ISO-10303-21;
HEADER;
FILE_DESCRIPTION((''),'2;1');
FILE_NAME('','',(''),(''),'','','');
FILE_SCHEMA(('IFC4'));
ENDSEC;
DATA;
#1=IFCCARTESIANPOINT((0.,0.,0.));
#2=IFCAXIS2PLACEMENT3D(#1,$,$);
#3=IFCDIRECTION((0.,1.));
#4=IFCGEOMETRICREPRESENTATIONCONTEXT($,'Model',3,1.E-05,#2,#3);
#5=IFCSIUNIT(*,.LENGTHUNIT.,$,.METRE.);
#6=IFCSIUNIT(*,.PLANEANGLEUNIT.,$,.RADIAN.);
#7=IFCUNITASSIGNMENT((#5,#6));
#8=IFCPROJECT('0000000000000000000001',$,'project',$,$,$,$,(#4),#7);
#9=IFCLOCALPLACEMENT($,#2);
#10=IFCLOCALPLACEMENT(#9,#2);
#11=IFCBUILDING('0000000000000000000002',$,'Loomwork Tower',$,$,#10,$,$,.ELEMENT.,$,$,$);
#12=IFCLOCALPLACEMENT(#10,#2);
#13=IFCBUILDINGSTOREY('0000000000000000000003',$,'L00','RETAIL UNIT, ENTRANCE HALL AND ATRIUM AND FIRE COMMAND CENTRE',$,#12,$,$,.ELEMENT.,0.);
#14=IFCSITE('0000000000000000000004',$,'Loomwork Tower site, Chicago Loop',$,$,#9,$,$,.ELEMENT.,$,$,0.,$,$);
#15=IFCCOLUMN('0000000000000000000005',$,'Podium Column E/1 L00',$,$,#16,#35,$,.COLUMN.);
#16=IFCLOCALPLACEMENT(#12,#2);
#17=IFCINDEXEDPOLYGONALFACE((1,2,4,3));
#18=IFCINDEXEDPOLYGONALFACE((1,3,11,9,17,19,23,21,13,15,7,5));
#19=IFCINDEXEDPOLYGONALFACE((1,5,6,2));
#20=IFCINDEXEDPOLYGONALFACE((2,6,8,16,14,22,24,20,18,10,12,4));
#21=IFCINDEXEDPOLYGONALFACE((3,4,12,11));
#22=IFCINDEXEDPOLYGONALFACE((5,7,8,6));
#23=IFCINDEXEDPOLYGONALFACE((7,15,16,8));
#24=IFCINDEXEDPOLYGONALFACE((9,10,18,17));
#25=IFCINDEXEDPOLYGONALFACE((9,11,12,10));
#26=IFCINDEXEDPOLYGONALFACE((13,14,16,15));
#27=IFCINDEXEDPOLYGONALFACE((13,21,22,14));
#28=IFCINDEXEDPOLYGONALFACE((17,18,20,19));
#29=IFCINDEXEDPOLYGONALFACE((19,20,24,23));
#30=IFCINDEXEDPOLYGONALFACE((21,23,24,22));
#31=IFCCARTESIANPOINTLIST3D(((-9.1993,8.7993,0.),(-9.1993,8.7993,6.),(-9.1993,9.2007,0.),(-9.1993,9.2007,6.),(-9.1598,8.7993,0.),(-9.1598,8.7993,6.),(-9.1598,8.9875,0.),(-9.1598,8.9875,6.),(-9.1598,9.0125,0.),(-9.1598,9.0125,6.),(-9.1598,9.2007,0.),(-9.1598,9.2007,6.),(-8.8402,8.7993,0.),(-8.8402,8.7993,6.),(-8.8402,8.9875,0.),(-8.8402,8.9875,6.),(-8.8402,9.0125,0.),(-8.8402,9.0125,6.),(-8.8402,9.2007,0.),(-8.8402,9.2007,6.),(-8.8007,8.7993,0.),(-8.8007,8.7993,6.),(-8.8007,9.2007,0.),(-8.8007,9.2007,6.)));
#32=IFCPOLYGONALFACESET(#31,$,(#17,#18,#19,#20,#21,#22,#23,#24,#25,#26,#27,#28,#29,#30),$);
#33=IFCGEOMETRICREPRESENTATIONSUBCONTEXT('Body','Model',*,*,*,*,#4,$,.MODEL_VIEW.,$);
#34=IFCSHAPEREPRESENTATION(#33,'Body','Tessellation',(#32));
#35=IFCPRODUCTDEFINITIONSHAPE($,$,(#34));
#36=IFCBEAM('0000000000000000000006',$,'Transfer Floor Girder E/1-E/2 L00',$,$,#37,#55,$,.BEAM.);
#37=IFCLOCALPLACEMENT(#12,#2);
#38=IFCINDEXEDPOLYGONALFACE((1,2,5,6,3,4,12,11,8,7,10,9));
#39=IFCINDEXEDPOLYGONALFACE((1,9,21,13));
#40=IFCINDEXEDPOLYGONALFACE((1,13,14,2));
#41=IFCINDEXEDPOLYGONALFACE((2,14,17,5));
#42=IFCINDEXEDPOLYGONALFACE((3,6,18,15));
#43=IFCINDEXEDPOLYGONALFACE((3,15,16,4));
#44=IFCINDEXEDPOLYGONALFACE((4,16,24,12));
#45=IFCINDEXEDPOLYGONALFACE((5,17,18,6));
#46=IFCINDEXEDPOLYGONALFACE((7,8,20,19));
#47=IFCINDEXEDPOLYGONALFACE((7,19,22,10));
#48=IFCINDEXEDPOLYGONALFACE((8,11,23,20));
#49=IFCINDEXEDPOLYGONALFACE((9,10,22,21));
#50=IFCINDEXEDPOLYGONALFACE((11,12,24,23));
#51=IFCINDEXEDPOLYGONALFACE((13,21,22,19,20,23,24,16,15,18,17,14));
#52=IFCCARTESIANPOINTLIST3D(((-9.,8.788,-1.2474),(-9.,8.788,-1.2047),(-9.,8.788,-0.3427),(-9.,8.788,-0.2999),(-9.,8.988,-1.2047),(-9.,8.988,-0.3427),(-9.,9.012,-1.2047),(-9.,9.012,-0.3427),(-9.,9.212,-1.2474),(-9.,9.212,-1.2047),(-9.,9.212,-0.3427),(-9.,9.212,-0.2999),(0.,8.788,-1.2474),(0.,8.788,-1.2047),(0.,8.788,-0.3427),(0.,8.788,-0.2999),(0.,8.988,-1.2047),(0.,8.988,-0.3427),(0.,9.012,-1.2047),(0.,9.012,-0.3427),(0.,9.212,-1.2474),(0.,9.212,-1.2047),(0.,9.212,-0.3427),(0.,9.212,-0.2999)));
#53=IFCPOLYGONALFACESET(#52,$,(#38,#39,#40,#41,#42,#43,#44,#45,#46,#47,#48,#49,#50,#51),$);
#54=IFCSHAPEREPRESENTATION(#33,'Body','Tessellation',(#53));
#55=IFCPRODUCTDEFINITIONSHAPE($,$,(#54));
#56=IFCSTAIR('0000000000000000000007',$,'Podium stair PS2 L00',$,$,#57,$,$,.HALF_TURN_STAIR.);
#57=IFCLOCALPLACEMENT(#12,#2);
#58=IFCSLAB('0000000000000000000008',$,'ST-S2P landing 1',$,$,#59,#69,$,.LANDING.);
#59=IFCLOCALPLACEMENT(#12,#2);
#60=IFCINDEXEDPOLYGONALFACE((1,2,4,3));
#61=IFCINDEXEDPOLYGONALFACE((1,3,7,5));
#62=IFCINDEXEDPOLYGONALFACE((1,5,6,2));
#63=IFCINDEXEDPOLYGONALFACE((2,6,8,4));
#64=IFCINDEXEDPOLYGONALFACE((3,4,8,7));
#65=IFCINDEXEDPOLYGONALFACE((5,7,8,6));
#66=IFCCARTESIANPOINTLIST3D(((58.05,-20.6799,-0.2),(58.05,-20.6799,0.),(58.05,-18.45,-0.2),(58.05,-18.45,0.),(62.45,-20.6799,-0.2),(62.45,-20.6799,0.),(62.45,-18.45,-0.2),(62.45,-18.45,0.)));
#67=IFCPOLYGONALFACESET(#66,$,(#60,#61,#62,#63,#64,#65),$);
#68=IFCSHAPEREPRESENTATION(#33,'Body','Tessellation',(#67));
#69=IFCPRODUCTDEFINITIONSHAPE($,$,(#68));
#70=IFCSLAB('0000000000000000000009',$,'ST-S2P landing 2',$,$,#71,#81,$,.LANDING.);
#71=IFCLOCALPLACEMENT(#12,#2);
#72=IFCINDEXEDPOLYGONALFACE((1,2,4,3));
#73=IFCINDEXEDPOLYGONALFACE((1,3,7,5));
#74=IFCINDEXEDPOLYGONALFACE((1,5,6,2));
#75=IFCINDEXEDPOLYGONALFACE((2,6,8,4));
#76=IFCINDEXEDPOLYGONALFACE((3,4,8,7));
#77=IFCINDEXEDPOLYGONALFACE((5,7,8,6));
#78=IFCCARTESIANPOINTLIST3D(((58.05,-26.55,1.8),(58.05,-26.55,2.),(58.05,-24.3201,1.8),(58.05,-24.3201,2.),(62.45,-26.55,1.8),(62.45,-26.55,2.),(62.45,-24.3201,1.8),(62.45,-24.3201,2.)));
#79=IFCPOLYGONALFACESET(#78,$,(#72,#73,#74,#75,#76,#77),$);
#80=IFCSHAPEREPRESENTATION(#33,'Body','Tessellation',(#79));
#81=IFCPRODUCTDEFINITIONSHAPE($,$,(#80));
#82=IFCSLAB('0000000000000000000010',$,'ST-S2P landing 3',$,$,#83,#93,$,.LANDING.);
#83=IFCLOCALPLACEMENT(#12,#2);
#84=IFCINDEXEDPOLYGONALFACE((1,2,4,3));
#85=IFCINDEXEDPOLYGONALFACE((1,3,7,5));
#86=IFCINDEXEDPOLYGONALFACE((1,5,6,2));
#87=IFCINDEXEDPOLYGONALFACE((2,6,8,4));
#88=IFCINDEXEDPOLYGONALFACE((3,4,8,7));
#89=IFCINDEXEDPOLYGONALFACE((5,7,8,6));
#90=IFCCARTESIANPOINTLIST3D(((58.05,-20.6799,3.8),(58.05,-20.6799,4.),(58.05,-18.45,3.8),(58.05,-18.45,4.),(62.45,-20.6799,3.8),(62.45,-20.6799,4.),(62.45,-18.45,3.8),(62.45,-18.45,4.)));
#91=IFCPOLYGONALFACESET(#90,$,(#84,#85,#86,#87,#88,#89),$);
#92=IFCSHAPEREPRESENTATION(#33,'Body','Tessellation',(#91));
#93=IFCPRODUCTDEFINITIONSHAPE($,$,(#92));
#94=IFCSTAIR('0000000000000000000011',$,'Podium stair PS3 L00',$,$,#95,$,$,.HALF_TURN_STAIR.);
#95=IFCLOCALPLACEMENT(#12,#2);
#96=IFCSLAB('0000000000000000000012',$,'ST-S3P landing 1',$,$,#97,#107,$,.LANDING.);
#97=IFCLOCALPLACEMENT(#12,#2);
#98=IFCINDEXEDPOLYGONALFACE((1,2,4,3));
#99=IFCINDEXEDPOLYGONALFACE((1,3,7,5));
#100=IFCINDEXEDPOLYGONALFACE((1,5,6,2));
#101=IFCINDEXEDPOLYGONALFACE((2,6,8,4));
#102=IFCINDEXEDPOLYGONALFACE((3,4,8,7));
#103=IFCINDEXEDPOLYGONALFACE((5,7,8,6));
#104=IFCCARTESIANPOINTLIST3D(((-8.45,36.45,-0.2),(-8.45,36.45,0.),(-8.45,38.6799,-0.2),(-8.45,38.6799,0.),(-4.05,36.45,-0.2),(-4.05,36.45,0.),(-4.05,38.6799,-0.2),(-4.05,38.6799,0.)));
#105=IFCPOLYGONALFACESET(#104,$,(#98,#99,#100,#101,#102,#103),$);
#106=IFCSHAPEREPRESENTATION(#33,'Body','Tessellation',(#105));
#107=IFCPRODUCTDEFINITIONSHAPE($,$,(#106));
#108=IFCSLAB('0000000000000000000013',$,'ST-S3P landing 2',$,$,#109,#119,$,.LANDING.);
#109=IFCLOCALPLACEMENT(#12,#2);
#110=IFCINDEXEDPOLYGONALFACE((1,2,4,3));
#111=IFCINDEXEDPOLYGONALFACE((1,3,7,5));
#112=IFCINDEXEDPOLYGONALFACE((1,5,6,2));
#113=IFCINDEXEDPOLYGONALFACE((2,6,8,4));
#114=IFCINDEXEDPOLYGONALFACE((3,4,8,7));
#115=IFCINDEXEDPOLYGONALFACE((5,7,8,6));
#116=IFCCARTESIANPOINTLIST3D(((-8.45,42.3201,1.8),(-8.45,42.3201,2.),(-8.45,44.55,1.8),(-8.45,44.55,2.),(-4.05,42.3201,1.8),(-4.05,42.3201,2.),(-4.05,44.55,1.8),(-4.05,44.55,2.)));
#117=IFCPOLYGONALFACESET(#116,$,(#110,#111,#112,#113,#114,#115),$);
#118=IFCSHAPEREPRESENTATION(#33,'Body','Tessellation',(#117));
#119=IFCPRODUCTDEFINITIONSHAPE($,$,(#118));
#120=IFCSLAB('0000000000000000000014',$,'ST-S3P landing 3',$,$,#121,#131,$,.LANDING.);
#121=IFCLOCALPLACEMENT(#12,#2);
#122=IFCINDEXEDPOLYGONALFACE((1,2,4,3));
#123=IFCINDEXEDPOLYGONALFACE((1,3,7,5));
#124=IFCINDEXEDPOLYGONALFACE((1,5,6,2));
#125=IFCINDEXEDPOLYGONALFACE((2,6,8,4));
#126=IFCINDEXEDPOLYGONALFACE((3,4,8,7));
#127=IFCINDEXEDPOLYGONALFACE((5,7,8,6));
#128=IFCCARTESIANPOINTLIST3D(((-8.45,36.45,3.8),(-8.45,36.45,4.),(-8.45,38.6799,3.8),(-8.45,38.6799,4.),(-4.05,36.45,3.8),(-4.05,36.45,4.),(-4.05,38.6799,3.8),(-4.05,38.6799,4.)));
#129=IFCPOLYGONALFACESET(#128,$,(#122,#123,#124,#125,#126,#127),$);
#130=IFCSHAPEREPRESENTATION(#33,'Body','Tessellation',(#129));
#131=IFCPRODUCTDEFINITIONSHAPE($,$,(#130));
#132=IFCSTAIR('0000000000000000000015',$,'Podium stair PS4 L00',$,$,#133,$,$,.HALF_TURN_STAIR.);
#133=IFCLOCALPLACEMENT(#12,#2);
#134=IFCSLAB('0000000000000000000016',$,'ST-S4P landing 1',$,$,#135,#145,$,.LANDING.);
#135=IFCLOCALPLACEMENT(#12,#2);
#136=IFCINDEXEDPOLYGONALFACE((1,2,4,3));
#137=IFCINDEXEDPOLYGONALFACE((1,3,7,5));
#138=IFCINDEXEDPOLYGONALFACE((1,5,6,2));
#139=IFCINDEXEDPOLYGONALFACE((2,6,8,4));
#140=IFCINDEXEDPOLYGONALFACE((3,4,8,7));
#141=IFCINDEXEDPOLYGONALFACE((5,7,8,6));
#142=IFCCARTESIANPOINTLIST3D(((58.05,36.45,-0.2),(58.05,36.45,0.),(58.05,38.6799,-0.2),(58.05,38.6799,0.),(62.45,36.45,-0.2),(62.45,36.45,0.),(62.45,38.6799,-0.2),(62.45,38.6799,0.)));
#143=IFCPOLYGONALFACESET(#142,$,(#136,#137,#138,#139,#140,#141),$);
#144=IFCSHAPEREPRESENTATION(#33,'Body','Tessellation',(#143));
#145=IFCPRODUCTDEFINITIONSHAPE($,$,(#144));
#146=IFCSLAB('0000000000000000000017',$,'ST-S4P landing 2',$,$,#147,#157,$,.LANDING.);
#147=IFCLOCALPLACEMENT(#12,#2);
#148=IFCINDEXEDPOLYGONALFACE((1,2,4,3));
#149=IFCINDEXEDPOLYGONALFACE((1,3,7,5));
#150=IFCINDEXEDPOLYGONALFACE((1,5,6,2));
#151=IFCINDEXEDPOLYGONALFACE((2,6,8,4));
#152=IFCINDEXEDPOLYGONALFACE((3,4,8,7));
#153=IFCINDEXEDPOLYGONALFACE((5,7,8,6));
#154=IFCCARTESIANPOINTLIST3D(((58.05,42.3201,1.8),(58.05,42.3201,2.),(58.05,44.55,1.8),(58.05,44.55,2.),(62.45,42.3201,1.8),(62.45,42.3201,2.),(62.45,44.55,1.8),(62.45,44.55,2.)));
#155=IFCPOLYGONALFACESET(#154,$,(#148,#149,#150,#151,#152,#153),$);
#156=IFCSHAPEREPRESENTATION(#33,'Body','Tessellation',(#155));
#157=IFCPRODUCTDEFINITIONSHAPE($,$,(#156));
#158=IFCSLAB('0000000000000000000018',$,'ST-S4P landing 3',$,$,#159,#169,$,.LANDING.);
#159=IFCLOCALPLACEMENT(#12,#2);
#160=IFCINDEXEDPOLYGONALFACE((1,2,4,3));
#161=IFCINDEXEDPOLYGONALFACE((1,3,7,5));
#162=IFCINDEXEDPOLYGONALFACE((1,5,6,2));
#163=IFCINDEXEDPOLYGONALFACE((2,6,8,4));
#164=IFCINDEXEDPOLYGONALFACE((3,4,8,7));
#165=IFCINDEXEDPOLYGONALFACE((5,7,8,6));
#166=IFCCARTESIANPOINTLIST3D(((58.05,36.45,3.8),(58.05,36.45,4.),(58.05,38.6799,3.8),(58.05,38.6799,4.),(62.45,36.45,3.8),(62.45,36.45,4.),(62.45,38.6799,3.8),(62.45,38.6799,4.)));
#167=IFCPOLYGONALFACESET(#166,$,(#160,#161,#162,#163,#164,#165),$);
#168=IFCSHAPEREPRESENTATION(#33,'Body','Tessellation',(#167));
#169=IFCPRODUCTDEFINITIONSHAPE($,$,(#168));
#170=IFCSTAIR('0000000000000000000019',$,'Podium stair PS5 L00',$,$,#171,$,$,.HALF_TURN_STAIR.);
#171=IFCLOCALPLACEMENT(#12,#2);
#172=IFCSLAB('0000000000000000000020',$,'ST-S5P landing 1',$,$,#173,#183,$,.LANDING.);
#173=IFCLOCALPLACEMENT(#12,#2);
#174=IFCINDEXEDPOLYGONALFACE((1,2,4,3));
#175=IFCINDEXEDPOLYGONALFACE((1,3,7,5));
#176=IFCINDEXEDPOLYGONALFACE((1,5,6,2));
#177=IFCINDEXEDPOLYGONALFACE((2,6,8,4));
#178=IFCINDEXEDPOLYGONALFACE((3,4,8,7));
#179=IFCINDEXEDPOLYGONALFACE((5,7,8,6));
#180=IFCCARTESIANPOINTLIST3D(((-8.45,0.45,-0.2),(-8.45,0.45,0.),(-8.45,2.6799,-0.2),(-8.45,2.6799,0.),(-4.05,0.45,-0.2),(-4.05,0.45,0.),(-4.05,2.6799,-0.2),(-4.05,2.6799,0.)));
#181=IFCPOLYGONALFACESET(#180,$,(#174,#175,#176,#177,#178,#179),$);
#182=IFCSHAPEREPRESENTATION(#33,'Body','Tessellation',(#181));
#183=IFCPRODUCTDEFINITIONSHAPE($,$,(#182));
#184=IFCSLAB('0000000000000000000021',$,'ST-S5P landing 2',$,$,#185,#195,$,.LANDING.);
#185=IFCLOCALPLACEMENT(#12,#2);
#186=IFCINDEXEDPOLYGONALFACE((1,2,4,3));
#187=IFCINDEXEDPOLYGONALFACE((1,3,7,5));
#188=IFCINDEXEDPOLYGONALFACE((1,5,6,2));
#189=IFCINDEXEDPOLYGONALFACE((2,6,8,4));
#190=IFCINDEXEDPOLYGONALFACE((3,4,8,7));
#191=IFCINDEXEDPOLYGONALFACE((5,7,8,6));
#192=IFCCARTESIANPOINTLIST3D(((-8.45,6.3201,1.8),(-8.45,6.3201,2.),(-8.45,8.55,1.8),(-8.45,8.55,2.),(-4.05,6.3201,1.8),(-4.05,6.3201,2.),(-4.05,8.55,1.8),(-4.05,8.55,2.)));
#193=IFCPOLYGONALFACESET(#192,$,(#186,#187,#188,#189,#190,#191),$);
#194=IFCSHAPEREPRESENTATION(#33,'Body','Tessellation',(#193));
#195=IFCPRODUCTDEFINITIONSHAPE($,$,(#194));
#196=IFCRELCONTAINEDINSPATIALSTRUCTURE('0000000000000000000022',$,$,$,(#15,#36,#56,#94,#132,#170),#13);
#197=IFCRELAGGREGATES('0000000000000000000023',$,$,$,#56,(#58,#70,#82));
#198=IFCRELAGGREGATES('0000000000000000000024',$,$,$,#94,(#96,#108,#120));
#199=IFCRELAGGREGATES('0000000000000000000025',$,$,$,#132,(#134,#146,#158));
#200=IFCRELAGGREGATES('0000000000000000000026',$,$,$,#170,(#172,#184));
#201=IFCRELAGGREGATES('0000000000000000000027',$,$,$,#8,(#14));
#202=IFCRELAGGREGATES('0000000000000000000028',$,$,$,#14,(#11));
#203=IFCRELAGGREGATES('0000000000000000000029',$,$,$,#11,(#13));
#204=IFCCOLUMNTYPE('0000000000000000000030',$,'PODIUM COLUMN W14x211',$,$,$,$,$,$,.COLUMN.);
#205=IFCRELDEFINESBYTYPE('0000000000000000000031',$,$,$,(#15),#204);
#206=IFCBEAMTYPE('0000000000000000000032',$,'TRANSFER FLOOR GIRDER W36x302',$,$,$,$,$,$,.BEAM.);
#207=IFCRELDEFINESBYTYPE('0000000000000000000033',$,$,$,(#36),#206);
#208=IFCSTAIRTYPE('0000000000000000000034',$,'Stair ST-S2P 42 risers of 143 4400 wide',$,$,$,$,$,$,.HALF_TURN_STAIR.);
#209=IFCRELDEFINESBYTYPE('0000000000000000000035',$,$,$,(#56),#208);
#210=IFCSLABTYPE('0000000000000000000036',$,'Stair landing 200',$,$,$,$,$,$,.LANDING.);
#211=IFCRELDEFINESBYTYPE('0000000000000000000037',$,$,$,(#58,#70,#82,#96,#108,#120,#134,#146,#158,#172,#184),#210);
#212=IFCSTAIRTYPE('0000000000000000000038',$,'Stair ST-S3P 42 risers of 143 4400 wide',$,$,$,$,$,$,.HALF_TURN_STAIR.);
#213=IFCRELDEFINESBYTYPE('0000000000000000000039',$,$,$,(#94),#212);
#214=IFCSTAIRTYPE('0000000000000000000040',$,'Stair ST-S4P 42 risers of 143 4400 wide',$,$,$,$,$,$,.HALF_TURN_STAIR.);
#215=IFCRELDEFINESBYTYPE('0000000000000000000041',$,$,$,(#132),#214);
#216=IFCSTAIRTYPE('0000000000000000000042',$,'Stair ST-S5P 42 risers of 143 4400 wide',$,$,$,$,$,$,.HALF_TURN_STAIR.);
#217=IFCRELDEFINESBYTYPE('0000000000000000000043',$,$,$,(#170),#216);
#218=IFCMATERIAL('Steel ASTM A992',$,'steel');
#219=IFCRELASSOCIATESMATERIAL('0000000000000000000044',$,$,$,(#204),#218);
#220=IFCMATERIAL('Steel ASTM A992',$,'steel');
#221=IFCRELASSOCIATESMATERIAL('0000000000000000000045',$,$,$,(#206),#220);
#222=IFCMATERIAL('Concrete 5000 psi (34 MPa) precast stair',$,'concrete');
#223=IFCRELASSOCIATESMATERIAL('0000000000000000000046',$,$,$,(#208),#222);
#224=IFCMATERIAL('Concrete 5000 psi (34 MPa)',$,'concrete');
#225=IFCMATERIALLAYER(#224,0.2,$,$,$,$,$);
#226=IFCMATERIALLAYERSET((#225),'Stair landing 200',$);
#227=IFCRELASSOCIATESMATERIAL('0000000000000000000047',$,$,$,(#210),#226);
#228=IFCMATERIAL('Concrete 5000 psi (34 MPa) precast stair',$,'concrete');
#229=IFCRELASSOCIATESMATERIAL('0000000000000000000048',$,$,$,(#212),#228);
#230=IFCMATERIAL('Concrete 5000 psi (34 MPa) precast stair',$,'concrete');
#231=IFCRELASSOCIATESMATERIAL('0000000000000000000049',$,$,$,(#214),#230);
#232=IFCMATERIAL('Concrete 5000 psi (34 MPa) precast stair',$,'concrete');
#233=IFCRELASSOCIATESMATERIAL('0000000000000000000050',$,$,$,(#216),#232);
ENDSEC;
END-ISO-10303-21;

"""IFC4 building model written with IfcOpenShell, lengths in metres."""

from ifc_helpers import new_model, si_unit, direction, frame, origin, origin_2d, place, context, subcontext, project, spatial, polyline, i_section, outline, extrude, material, layer, layer_set, material_profile, profile_set, type_object, element, aggregate, save


model = new_model("IFC4")

# Units and contexts
model_context = context("Model", 3, precision=1e-05, world=origin(), true_north=direction((0.0, 1.0)))
body_context = subcontext(model_context, "Body", "Model", "MODEL_VIEW")
ifc_project = project(units=[si_unit("LENGTHUNIT", "METRE"), si_unit("PLANEANGLEUNIT", "RADIAN")], contexts=[model_context])

# Site, building, storey
site_placement = place(None, origin())
site = spatial("IfcSite", under=ifc_project, at=site_placement, Name="Loomwork Tower site, Chicago Loop", CompositionType="ELEMENT", RefElevation=0.0)
building_placement = place(site_placement, origin())
building = spatial("IfcBuilding", under=site, at=building_placement, Name="Loomwork Tower", CompositionType="ELEMENT")
storey_placement = place(building_placement, origin())
storey = spatial("IfcBuildingStorey", under=building, at=storey_placement, Name="L00", Description="RETAIL UNIT, ENTRANCE HALL AND ATRIUM AND FIRE COMMAND CENTRE", CompositionType="ELEMENT", Elevation=0.0)

# Column
ifc_material_1 = material(Name="Steel ASTM A992", Category="steel")
ifc_material_profile_1 = material_profile(ifc_material_1, i_section(OverallWidth=0.4014, OverallDepth=0.3987, WebThickness=0.0249, FlangeThickness=0.0396, at=origin_2d()), Name="W14x211")
ifc_profile_set_1 = profile_set([ifc_material_profile_1], Name="Steel ASTM A992")
column_type = type_object("IfcColumnType", Name="PODIUM COLUMN W14x211", PredefinedType="COLUMN", material=ifc_profile_set_1)
column_placement = place(storey_placement, frame((-9.0, 9.0, 0.0), z_axis=(0.0, 0.0, 1.0), x_axis=(0.0, 1.0, 0.0)))
element("IfcColumn", 1, at=column_placement, inside=storey, type_object=column_type, Name="Podium Column E/1 L00", PredefinedType="COLUMN", context=body_context, shape_type="SweptSolid", body=[
    extrude(i_section(OverallWidth=0.4014, OverallDepth=0.3987, WebThickness=0.0249, FlangeThickness=0.0396, at=origin_2d()), origin(), (0.0, 0.0, 1.0), 6.0),
])

# Beam
ifc_material_2 = material(Name="Steel ASTM A992", Category="steel")
ifc_material_profile_2 = material_profile(ifc_material_2, i_section(OverallWidth=0.4241, OverallDepth=0.9475, WebThickness=0.0239, FlangeThickness=0.0427, at=origin_2d()), Name="W36x302")
ifc_profile_set_2 = profile_set([ifc_material_profile_2], Name="Steel ASTM A992")
beam_type = type_object("IfcBeamType", Name="TRANSFER FLOOR GIRDER W36x302", PredefinedType="BEAM", material=ifc_profile_set_2)
beam_placement = place(storey_placement, frame((-9.0, 9.0, -0.7737), z_axis=(1.0, 0.0, 0.0), x_axis=(0.0, 1.0, 0.0)))
element("IfcBeam", 2, at=beam_placement, inside=storey, type_object=beam_type, Name="Transfer Floor Girder E/1-E/2 L00", PredefinedType="BEAM", context=body_context, shape_type="SweptSolid", body=[
    extrude(i_section(OverallWidth=0.4241, OverallDepth=0.9475, WebThickness=0.0239, FlangeThickness=0.0427, at=origin_2d()), origin(), (0.0, 0.0, 1.0), 9.0),
])

# Stairs, slabs
ifc_material_3 = material(Name="Concrete 5000 psi (34 MPa) precast stair", Category="concrete")
stair_type_1 = type_object("IfcStairType", Name="Stair ST-S2P 42 risers of 143 4400 wide", PredefinedType="HALF_TURN_STAIR", material=ifc_material_3)
stair_1_placement = place(storey_placement, origin())
stair_1 = element("IfcStair", 3, at=stair_1_placement, inside=storey, type_object=stair_type_1, Name="Podium stair PS2 L00", PredefinedType="HALF_TURN_STAIR")
ifc_material_4 = material(Name="Concrete 5000 psi (34 MPa)", Category="concrete")
ifc_layer_1 = layer(ifc_material_4, 0.2)
ifc_layer_set_1 = layer_set([ifc_layer_1], Name="Stair landing 200")
slab_type = type_object("IfcSlabType", Name="Stair landing 200", PredefinedType="LANDING", material=ifc_layer_set_1)
slab_1_placement = place(storey_placement, frame((0.0, 0.0, -0.2)))
slab_1 = element("IfcSlab", 4, at=slab_1_placement, type_object=slab_type, Name="ST-S2P landing 1", PredefinedType="LANDING", context=body_context, shape_type="SweptSolid", body=[
    extrude(outline(polyline([(58.05, -20.6799), (62.45, -20.6799), (62.45, -18.45), (58.05, -18.45), (58.05, -20.6799)])), origin(), (0.0, 0.0, 1.0), 0.2),
])
slab_2_placement = place(storey_placement, frame((0.0, 0.0, 1.8)))
slab_2 = element("IfcSlab", 5, at=slab_2_placement, type_object=slab_type, Name="ST-S2P landing 2", PredefinedType="LANDING", context=body_context, shape_type="SweptSolid", body=[
    extrude(outline(polyline([(58.05, -26.55), (62.45, -26.55), (62.45, -24.3201), (58.05, -24.3201), (58.05, -26.55)])), origin(), (0.0, 0.0, 1.0), 0.2),
])
slab_3_placement = place(storey_placement, frame((0.0, 0.0, 3.8)))
slab_3 = element("IfcSlab", 6, at=slab_3_placement, type_object=slab_type, Name="ST-S2P landing 3", PredefinedType="LANDING", context=body_context, shape_type="SweptSolid", body=[
    extrude(outline(polyline([(58.05, -20.6799), (62.45, -20.6799), (62.45, -18.45), (58.05, -18.45), (58.05, -20.6799)])), origin(), (0.0, 0.0, 1.0), 0.2),
])
aggregate(stair_1, [slab_1, slab_2, slab_3])
ifc_material_5 = material(Name="Concrete 5000 psi (34 MPa) precast stair", Category="concrete")
stair_type_2 = type_object("IfcStairType", Name="Stair ST-S3P 42 risers of 143 4400 wide", PredefinedType="HALF_TURN_STAIR", material=ifc_material_5)
stair_2_placement = place(storey_placement, origin())
stair_2 = element("IfcStair", 7, at=stair_2_placement, inside=storey, type_object=stair_type_2, Name="Podium stair PS3 L00", PredefinedType="HALF_TURN_STAIR")
slab_4_placement = place(storey_placement, frame((0.0, 0.0, -0.2)))
slab_4 = element("IfcSlab", 8, at=slab_4_placement, type_object=slab_type, Name="ST-S3P landing 1", PredefinedType="LANDING", context=body_context, shape_type="SweptSolid", body=[
    extrude(outline(polyline([(-8.45, 36.45), (-4.05, 36.45), (-4.05, 38.6799), (-8.45, 38.6799), (-8.45, 36.45)])), origin(), (0.0, 0.0, 1.0), 0.2),
])
slab_5_placement = place(storey_placement, frame((0.0, 0.0, 1.8)))
slab_5 = element("IfcSlab", 9, at=slab_5_placement, type_object=slab_type, Name="ST-S3P landing 2", PredefinedType="LANDING", context=body_context, shape_type="SweptSolid", body=[
    extrude(outline(polyline([(-8.45, 42.3201), (-4.05, 42.3201), (-4.05, 44.55), (-8.45, 44.55), (-8.45, 42.3201)])), origin(), (0.0, 0.0, 1.0), 0.2),
])
slab_6_placement = place(storey_placement, frame((0.0, 0.0, 3.8)))
slab_6 = element("IfcSlab", 10, at=slab_6_placement, type_object=slab_type, Name="ST-S3P landing 3", PredefinedType="LANDING", context=body_context, shape_type="SweptSolid", body=[
    extrude(outline(polyline([(-8.45, 36.45), (-4.05, 36.45), (-4.05, 38.6799), (-8.45, 38.6799), (-8.45, 36.45)])), origin(), (0.0, 0.0, 1.0), 0.2),
])
aggregate(stair_2, [slab_4, slab_5, slab_6])
ifc_material_6 = material(Name="Concrete 5000 psi (34 MPa) precast stair", Category="concrete")
stair_type_3 = type_object("IfcStairType", Name="Stair ST-S4P 42 risers of 143 4400 wide", PredefinedType="HALF_TURN_STAIR", material=ifc_material_6)
stair_3_placement = place(storey_placement, origin())
stair_3 = element("IfcStair", 11, at=stair_3_placement, inside=storey, type_object=stair_type_3, Name="Podium stair PS4 L00", PredefinedType="HALF_TURN_STAIR")
slab_7_placement = place(storey_placement, frame((0.0, 0.0, -0.2)))
slab_7 = element("IfcSlab", 12, at=slab_7_placement, type_object=slab_type, Name="ST-S4P landing 1", PredefinedType="LANDING", context=body_context, shape_type="SweptSolid", body=[
    extrude(outline(polyline([(58.05, 36.45), (62.45, 36.45), (62.45, 38.6799), (58.05, 38.6799), (58.05, 36.45)])), origin(), (0.0, 0.0, 1.0), 0.2),
])
slab_8_placement = place(storey_placement, frame((0.0, 0.0, 1.8)))
slab_8 = element("IfcSlab", 13, at=slab_8_placement, type_object=slab_type, Name="ST-S4P landing 2", PredefinedType="LANDING", context=body_context, shape_type="SweptSolid", body=[
    extrude(outline(polyline([(58.05, 42.3201), (62.45, 42.3201), (62.45, 44.55), (58.05, 44.55), (58.05, 42.3201)])), origin(), (0.0, 0.0, 1.0), 0.2),
])
slab_9_placement = place(storey_placement, frame((0.0, 0.0, 3.8)))
slab_9 = element("IfcSlab", 14, at=slab_9_placement, type_object=slab_type, Name="ST-S4P landing 3", PredefinedType="LANDING", context=body_context, shape_type="SweptSolid", body=[
    extrude(outline(polyline([(58.05, 36.45), (62.45, 36.45), (62.45, 38.6799), (58.05, 38.6799), (58.05, 36.45)])), origin(), (0.0, 0.0, 1.0), 0.2),
])
aggregate(stair_3, [slab_7, slab_8, slab_9])
ifc_material_7 = material(Name="Concrete 5000 psi (34 MPa) precast stair", Category="concrete")
stair_type_4 = type_object("IfcStairType", Name="Stair ST-S5P 42 risers of 143 4400 wide", PredefinedType="HALF_TURN_STAIR", material=ifc_material_7)
stair_4_placement = place(storey_placement, origin())
stair_4 = element("IfcStair", 15, at=stair_4_placement, inside=storey, type_object=stair_type_4, Name="Podium stair PS5 L00", PredefinedType="HALF_TURN_STAIR")
slab_10_placement = place(storey_placement, frame((0.0, 0.0, -0.2)))
slab_10 = element("IfcSlab", 16, at=slab_10_placement, type_object=slab_type, Name="ST-S5P landing 1", PredefinedType="LANDING", context=body_context, shape_type="SweptSolid", body=[
    extrude(outline(polyline([(-8.45, 0.45), (-4.05, 0.45), (-4.05, 2.6799), (-8.45, 2.6799), (-8.45, 0.45)])), origin(), (0.0, 0.0, 1.0), 0.2),
])
slab_11_placement = place(storey_placement, frame((0.0, 0.0, 1.8)))
slab_11 = element("IfcSlab", 17, at=slab_11_placement, type_object=slab_type, Name="ST-S5P landing 2", PredefinedType="LANDING", context=body_context, shape_type="SweptSolid", body=[
    extrude(outline(polyline([(-8.45, 6.3201), (-4.05, 6.3201), (-4.05, 8.55), (-8.45, 8.55), (-8.45, 6.3201)])), origin(), (0.0, 0.0, 1.0), 0.2),
])

aggregate(stair_4, [slab_10, slab_11])

save(model, "model.ifc")
